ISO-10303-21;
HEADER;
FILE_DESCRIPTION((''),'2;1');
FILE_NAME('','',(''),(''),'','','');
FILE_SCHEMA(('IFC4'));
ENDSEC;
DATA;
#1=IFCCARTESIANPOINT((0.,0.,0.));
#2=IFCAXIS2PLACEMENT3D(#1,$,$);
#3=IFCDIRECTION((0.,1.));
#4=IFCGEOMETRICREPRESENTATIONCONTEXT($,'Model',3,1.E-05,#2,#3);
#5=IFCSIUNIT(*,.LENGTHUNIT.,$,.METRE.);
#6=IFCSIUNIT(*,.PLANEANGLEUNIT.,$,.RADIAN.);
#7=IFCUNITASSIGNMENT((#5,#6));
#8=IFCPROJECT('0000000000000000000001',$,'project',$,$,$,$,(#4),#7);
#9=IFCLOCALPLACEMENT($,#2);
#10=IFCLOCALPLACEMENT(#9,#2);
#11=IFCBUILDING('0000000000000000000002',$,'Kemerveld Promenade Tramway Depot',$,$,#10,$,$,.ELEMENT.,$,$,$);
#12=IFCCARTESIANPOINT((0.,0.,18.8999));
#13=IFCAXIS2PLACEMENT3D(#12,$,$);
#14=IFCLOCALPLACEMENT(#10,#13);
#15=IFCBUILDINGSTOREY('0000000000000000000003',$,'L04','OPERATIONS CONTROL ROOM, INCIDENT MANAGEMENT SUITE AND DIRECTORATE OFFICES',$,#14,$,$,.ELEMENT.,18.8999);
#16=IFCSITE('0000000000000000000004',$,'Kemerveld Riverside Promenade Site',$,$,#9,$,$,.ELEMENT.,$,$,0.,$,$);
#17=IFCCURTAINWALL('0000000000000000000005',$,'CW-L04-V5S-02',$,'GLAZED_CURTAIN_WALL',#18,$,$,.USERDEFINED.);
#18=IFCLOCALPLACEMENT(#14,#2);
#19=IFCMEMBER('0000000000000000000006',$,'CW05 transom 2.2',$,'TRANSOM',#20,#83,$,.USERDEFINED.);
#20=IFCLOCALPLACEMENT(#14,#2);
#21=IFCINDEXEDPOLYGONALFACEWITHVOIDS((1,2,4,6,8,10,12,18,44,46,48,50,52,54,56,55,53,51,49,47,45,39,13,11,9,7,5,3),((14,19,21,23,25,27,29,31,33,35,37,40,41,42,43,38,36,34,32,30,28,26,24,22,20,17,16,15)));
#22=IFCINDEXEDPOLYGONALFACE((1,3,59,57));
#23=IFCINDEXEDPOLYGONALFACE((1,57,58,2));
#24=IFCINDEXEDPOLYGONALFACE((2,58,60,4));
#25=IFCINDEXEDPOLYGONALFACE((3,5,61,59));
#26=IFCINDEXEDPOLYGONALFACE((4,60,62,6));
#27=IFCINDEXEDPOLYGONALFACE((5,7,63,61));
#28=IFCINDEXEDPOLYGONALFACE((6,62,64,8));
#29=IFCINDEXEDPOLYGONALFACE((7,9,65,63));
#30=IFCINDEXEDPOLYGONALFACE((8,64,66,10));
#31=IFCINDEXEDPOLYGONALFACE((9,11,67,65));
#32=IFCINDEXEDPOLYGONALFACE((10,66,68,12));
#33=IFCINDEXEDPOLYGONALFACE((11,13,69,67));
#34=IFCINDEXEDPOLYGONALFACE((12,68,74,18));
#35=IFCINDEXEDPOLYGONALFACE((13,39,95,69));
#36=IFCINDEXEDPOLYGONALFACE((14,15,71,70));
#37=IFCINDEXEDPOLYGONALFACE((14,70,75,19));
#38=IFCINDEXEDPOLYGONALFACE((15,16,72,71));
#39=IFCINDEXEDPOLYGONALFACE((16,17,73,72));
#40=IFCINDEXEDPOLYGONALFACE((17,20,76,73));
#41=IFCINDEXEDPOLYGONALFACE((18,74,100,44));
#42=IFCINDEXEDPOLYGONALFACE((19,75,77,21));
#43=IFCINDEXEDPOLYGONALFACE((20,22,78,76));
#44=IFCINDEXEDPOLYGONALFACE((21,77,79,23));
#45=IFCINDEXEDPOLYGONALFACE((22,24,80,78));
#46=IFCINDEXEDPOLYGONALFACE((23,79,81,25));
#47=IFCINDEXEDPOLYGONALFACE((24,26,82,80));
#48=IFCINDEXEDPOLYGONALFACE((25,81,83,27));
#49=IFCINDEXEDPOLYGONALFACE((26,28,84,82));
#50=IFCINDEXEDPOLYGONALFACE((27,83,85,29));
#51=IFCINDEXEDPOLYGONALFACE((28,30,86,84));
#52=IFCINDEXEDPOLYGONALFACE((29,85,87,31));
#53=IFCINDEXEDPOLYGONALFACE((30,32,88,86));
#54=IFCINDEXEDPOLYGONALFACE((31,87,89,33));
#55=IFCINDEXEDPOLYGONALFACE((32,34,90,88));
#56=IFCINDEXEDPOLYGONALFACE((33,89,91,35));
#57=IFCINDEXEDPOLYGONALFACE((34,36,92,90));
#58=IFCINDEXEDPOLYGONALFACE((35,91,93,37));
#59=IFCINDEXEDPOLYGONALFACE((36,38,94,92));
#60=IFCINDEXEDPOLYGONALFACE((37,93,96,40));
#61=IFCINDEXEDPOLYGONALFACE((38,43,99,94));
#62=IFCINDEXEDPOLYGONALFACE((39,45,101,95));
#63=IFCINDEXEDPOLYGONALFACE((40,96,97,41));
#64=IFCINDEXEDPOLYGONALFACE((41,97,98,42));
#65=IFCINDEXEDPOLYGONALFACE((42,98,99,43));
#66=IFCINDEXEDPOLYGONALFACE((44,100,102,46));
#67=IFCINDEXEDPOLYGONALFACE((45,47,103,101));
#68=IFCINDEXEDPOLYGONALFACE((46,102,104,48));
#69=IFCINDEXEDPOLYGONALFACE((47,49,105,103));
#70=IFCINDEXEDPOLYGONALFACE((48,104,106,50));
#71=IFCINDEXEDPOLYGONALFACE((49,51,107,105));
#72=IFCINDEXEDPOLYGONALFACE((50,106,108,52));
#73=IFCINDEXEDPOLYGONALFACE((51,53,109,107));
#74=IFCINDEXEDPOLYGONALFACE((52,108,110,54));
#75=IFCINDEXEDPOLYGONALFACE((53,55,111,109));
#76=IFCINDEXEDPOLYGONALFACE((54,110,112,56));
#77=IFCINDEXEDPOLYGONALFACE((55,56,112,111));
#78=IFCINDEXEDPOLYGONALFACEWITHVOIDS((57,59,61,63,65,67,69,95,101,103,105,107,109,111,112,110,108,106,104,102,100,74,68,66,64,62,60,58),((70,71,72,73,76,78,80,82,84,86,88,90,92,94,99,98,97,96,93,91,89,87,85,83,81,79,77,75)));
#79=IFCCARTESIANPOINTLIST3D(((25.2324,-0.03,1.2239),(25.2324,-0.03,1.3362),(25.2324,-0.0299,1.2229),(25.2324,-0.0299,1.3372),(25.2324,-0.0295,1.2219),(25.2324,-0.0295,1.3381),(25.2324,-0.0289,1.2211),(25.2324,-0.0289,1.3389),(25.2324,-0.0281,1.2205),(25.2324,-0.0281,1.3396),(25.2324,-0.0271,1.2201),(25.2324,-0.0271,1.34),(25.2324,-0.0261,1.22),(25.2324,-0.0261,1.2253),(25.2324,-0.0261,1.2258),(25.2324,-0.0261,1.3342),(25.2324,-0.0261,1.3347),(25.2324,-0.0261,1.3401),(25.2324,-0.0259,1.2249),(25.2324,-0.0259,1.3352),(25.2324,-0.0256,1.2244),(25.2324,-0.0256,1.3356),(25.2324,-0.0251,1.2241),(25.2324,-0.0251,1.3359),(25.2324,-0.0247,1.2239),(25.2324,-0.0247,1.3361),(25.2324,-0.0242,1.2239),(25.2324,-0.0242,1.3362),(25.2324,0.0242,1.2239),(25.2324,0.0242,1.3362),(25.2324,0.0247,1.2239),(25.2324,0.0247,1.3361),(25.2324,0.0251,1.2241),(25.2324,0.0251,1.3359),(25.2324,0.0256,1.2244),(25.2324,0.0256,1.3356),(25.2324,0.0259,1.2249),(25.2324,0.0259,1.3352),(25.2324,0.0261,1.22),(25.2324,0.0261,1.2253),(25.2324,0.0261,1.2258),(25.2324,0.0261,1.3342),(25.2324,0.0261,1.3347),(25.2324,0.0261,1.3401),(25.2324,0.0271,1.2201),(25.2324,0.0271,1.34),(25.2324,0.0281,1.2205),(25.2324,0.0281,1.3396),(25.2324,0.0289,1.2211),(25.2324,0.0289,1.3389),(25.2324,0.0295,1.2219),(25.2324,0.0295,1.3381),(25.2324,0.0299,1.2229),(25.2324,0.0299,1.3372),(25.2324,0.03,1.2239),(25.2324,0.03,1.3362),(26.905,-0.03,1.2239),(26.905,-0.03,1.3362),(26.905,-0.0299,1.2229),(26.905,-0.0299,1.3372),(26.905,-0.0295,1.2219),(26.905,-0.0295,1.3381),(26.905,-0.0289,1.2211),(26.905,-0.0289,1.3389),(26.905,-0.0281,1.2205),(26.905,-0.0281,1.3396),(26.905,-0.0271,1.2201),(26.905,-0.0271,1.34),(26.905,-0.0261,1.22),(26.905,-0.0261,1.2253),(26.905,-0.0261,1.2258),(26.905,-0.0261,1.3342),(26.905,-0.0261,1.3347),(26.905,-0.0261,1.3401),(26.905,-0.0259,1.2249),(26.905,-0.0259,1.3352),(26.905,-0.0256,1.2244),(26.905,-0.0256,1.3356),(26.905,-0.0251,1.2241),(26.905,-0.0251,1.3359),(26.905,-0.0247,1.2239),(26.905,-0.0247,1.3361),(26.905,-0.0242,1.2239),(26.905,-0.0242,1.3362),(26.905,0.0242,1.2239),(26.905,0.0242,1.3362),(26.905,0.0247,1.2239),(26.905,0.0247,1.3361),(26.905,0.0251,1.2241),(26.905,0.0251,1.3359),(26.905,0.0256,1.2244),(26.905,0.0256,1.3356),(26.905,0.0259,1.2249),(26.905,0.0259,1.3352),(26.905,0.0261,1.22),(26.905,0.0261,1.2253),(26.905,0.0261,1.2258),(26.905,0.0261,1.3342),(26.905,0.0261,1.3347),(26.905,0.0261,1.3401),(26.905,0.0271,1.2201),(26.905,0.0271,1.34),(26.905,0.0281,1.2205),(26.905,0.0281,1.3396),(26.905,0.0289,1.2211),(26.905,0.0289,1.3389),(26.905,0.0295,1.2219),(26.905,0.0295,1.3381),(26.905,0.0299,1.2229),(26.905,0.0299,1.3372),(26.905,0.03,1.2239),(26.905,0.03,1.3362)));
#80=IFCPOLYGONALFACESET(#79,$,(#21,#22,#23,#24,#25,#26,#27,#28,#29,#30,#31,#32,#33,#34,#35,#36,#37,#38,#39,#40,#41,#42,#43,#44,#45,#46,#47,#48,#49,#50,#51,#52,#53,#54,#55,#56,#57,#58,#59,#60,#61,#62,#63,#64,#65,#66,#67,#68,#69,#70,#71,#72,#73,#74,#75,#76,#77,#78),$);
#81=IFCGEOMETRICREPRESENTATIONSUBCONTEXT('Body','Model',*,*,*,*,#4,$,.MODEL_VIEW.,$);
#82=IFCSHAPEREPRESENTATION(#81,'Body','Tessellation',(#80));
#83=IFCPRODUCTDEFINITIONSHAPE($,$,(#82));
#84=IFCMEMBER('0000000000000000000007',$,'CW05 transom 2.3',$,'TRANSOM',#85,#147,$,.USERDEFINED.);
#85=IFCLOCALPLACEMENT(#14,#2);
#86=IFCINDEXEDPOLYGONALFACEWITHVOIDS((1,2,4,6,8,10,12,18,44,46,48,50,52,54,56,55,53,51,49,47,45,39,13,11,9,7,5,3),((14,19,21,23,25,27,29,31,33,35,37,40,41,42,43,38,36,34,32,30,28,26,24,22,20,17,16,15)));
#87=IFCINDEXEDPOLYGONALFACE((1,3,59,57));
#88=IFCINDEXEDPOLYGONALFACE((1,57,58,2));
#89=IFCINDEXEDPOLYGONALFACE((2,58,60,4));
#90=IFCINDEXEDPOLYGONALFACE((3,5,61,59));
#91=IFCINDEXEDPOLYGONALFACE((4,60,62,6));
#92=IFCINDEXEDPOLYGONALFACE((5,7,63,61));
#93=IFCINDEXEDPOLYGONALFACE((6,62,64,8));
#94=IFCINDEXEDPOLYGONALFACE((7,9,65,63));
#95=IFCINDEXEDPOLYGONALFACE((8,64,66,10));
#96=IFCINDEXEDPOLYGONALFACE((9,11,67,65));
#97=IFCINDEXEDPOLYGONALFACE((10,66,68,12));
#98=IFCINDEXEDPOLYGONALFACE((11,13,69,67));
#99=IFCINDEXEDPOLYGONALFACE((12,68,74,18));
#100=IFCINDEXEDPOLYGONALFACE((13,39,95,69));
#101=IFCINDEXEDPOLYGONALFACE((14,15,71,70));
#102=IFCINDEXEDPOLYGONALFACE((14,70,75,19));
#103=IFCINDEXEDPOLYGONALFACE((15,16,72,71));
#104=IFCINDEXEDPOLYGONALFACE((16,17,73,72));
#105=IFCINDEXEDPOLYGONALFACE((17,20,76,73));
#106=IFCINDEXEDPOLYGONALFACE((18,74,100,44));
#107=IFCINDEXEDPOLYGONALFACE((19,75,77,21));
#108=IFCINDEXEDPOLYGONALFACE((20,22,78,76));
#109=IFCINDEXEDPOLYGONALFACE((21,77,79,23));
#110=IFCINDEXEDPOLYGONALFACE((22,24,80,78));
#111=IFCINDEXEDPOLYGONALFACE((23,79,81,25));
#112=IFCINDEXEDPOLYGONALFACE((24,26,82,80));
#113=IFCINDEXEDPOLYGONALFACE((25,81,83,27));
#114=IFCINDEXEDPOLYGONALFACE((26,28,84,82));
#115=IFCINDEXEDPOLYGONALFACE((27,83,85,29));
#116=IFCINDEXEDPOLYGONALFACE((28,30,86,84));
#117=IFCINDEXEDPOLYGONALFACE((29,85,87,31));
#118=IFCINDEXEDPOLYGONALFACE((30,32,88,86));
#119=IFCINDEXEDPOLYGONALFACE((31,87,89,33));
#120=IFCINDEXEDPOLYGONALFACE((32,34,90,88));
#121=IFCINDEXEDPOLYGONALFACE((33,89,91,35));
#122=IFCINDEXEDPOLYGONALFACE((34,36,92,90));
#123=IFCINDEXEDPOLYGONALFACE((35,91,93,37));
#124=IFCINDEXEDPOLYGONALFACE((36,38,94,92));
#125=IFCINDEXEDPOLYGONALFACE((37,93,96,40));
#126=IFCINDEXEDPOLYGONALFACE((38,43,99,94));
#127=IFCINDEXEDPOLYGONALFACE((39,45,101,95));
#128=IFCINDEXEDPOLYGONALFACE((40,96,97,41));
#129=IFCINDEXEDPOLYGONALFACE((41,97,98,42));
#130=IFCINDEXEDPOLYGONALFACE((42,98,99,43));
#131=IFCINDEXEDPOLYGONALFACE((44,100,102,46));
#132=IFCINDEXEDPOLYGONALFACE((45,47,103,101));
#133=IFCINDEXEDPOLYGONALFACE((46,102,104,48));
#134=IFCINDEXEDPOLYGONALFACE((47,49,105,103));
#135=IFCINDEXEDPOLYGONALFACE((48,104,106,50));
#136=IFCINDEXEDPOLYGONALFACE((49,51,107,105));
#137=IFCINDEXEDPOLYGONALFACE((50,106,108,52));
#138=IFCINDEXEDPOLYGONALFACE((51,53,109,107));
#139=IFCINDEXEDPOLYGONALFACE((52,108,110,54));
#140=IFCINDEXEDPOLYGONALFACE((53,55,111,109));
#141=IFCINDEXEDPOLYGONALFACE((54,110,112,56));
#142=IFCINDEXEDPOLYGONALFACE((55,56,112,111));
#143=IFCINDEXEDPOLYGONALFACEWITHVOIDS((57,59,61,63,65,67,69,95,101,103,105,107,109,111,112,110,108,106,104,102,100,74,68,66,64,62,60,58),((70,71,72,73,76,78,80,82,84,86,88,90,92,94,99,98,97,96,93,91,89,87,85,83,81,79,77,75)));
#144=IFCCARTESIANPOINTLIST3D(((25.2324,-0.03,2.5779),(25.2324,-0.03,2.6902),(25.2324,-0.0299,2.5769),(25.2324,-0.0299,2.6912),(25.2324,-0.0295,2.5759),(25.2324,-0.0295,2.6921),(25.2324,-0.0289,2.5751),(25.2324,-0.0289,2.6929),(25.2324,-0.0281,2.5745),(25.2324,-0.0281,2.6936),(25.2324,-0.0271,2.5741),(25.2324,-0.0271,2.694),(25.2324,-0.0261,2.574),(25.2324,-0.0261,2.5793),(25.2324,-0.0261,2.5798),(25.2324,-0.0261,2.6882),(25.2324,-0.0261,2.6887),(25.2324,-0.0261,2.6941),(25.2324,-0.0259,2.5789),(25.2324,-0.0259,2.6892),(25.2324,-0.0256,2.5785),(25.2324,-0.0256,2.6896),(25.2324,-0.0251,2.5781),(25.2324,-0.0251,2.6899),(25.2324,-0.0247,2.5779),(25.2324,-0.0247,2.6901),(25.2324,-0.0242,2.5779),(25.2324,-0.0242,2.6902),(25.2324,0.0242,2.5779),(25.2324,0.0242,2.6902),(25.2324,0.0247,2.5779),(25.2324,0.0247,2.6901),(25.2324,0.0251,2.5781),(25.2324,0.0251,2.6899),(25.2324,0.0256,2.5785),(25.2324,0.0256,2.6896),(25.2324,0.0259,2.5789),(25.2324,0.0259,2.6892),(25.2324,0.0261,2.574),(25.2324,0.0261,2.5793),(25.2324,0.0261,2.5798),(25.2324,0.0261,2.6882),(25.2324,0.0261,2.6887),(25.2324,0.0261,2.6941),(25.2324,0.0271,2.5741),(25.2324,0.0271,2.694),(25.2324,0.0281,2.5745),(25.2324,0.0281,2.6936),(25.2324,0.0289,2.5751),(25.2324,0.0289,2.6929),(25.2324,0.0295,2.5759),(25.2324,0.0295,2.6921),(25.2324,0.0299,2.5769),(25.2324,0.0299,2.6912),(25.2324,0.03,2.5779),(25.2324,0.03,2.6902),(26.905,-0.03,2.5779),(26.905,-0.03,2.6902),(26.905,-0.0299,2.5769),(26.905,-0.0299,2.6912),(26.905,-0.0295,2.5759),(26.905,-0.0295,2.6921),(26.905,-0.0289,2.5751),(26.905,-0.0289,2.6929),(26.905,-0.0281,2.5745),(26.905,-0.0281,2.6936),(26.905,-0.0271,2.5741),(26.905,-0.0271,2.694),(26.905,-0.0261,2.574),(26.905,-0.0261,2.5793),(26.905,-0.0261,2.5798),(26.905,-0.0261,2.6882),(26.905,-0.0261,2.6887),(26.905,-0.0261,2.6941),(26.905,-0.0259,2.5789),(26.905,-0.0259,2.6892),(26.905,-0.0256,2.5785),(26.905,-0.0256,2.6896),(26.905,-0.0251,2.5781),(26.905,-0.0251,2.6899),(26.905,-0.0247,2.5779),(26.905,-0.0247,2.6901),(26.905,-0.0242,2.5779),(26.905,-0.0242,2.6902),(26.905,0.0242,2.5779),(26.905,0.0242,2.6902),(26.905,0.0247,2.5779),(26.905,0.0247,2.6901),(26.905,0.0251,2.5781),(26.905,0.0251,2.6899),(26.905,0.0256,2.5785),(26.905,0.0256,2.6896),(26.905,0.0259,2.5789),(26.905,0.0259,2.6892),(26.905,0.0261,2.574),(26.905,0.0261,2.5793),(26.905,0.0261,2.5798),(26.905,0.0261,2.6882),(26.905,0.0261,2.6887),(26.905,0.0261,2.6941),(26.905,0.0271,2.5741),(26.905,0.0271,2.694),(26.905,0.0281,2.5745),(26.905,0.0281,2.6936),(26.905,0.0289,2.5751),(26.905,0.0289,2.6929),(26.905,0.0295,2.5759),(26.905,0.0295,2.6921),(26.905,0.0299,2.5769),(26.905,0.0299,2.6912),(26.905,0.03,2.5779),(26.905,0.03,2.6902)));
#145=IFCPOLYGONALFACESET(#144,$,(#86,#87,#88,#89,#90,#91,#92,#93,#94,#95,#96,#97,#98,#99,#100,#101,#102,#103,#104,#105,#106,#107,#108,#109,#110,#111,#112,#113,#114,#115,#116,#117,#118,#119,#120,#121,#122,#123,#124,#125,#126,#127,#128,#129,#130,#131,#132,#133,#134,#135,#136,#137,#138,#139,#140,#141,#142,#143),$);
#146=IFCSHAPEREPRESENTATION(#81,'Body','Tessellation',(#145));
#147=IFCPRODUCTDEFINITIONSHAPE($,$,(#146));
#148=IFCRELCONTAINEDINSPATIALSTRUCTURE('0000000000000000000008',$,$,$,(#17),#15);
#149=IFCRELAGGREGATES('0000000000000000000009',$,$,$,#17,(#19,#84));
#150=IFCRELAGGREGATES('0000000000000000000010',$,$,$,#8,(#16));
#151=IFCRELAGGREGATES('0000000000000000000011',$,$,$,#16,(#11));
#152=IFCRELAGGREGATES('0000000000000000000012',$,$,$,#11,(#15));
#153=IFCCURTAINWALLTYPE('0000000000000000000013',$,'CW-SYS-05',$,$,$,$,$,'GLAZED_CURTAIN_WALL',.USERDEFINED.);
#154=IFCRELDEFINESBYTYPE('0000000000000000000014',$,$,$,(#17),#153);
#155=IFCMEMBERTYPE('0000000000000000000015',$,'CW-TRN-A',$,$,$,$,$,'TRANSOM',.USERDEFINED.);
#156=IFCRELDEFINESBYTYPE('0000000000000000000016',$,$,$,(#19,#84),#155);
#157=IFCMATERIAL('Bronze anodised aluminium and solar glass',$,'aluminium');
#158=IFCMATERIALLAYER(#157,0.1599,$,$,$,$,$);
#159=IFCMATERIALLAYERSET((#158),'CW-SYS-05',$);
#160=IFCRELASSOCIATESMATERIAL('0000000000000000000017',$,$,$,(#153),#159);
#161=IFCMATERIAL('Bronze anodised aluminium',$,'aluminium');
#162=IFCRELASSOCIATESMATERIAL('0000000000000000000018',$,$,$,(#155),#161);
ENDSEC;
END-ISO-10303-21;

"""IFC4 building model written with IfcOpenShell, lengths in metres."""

from ifc_helpers import new_model, si_unit, direction, frame, origin, origin_2d, place, context, subcontext, project, spatial, hollow_rectangle, extrude, material, layer, layer_set, material_profile, profile_set, type_object, element, aggregate, save


model = new_model("IFC4")

# Units and contexts
model_context = context("Model", 3, precision=1e-05, world=origin(), true_north=direction((0.0, 1.0)))
body_context = subcontext(model_context, "Body", "Model", "MODEL_VIEW")
ifc_project = project(units=[si_unit("LENGTHUNIT", "METRE"), si_unit("PLANEANGLEUNIT", "RADIAN")], contexts=[model_context])

# Site, building, storey
site_placement = place(None, origin())
site = spatial("IfcSite", under=ifc_project, at=site_placement, Name="Kemerveld Riverside Promenade Site", CompositionType="ELEMENT", RefElevation=0.0)
building_placement = place(site_placement, origin())
building = spatial("IfcBuilding", under=site, at=building_placement, Name="Kemerveld Promenade Tramway Depot", CompositionType="ELEMENT")
storey_placement = place(building_placement, frame((0.0, 0.0, 18.8999)))
storey = spatial("IfcBuildingStorey", under=building, at=storey_placement, Name="L04", Description="OPERATIONS CONTROL ROOM, INCIDENT MANAGEMENT SUITE AND DIRECTORATE OFFICES", CompositionType="ELEMENT", Elevation=18.8999)

# Curtain wall, members
ifc_material_1 = material(Name="Bronze anodised aluminium and solar glass", Category="aluminium")
ifc_layer_1 = layer(ifc_material_1, 0.1599)
ifc_layer_set_1 = layer_set([ifc_layer_1], Name="CW-SYS-05")
curtain_wall_type = type_object("IfcCurtainWallType", Name="CW-SYS-05", ElementType="GLAZED_CURTAIN_WALL", PredefinedType="USERDEFINED", material=ifc_layer_set_1)
curtain_wall_placement = place(storey_placement, origin())
curtain_wall = element("IfcCurtainWall", 1, at=curtain_wall_placement, inside=storey, type_object=curtain_wall_type, Name="CW-L04-V5S-02", ObjectType="GLAZED_CURTAIN_WALL", PredefinedType="USERDEFINED")
ifc_material_2 = material(Name="Bronze anodised aluminium", Category="aluminium")
ifc_material_profile_1 = material_profile(ifc_material_2, hollow_rectangle(XDim=0.0601, YDim=0.1201, WallThickness=0.0039, InnerFilletRadius=0.002, OuterFilletRadius=0.0039, at=origin_2d()), Name="CW-TRN-120x60")
ifc_profile_set_1 = profile_set([ifc_material_profile_1], Name="Bronze anodised aluminium")
member_type_1 = type_object("IfcMemberType", Name="CW-TRN-A", ElementType="TRANSOM", PredefinedType="USERDEFINED", material=ifc_profile_set_1)
member_1_placement = place(storey_placement, frame((26.905, 0.0, 1.28), z_axis=(-1.0, 0.0, 0.0), x_axis=(0.0, -1.0, 0.0)))
member_1 = element("IfcMember", 2, at=member_1_placement, type_object=member_type_1, Name="CW05 transom 2.2", ObjectType="TRANSOM", PredefinedType="USERDEFINED", context=body_context, shape_type="SweptSolid", body=[
    extrude(hollow_rectangle(XDim=0.0601, YDim=0.1201, WallThickness=0.0039, InnerFilletRadius=0.002, OuterFilletRadius=0.0039, at=origin_2d()), origin(), (0.0, 0.0, 1.0), 1.6726),
])
member_2_placement = place(storey_placement, frame((26.905, 0.0, 2.634), z_axis=(-1.0, 0.0, 0.0), x_axis=(0.0, -1.0, 0.0)))
member_2 = element("IfcMember", 3, at=member_2_placement, type_object=member_type_1, Name="CW05 transom 2.3", ObjectType="TRANSOM", PredefinedType="USERDEFINED", context=body_context, shape_type="SweptSolid", body=[
    extrude(hollow_rectangle(XDim=0.0601, YDim=0.1201, WallThickness=0.0039, InnerFilletRadius=0.002, OuterFilletRadius=0.0039, at=origin_2d()), origin(), (0.0, 0.0, 1.0), 1.6726),
])
aggregate(curtain_wall, [member_1, member_2])

save(model, "model.ifc")
